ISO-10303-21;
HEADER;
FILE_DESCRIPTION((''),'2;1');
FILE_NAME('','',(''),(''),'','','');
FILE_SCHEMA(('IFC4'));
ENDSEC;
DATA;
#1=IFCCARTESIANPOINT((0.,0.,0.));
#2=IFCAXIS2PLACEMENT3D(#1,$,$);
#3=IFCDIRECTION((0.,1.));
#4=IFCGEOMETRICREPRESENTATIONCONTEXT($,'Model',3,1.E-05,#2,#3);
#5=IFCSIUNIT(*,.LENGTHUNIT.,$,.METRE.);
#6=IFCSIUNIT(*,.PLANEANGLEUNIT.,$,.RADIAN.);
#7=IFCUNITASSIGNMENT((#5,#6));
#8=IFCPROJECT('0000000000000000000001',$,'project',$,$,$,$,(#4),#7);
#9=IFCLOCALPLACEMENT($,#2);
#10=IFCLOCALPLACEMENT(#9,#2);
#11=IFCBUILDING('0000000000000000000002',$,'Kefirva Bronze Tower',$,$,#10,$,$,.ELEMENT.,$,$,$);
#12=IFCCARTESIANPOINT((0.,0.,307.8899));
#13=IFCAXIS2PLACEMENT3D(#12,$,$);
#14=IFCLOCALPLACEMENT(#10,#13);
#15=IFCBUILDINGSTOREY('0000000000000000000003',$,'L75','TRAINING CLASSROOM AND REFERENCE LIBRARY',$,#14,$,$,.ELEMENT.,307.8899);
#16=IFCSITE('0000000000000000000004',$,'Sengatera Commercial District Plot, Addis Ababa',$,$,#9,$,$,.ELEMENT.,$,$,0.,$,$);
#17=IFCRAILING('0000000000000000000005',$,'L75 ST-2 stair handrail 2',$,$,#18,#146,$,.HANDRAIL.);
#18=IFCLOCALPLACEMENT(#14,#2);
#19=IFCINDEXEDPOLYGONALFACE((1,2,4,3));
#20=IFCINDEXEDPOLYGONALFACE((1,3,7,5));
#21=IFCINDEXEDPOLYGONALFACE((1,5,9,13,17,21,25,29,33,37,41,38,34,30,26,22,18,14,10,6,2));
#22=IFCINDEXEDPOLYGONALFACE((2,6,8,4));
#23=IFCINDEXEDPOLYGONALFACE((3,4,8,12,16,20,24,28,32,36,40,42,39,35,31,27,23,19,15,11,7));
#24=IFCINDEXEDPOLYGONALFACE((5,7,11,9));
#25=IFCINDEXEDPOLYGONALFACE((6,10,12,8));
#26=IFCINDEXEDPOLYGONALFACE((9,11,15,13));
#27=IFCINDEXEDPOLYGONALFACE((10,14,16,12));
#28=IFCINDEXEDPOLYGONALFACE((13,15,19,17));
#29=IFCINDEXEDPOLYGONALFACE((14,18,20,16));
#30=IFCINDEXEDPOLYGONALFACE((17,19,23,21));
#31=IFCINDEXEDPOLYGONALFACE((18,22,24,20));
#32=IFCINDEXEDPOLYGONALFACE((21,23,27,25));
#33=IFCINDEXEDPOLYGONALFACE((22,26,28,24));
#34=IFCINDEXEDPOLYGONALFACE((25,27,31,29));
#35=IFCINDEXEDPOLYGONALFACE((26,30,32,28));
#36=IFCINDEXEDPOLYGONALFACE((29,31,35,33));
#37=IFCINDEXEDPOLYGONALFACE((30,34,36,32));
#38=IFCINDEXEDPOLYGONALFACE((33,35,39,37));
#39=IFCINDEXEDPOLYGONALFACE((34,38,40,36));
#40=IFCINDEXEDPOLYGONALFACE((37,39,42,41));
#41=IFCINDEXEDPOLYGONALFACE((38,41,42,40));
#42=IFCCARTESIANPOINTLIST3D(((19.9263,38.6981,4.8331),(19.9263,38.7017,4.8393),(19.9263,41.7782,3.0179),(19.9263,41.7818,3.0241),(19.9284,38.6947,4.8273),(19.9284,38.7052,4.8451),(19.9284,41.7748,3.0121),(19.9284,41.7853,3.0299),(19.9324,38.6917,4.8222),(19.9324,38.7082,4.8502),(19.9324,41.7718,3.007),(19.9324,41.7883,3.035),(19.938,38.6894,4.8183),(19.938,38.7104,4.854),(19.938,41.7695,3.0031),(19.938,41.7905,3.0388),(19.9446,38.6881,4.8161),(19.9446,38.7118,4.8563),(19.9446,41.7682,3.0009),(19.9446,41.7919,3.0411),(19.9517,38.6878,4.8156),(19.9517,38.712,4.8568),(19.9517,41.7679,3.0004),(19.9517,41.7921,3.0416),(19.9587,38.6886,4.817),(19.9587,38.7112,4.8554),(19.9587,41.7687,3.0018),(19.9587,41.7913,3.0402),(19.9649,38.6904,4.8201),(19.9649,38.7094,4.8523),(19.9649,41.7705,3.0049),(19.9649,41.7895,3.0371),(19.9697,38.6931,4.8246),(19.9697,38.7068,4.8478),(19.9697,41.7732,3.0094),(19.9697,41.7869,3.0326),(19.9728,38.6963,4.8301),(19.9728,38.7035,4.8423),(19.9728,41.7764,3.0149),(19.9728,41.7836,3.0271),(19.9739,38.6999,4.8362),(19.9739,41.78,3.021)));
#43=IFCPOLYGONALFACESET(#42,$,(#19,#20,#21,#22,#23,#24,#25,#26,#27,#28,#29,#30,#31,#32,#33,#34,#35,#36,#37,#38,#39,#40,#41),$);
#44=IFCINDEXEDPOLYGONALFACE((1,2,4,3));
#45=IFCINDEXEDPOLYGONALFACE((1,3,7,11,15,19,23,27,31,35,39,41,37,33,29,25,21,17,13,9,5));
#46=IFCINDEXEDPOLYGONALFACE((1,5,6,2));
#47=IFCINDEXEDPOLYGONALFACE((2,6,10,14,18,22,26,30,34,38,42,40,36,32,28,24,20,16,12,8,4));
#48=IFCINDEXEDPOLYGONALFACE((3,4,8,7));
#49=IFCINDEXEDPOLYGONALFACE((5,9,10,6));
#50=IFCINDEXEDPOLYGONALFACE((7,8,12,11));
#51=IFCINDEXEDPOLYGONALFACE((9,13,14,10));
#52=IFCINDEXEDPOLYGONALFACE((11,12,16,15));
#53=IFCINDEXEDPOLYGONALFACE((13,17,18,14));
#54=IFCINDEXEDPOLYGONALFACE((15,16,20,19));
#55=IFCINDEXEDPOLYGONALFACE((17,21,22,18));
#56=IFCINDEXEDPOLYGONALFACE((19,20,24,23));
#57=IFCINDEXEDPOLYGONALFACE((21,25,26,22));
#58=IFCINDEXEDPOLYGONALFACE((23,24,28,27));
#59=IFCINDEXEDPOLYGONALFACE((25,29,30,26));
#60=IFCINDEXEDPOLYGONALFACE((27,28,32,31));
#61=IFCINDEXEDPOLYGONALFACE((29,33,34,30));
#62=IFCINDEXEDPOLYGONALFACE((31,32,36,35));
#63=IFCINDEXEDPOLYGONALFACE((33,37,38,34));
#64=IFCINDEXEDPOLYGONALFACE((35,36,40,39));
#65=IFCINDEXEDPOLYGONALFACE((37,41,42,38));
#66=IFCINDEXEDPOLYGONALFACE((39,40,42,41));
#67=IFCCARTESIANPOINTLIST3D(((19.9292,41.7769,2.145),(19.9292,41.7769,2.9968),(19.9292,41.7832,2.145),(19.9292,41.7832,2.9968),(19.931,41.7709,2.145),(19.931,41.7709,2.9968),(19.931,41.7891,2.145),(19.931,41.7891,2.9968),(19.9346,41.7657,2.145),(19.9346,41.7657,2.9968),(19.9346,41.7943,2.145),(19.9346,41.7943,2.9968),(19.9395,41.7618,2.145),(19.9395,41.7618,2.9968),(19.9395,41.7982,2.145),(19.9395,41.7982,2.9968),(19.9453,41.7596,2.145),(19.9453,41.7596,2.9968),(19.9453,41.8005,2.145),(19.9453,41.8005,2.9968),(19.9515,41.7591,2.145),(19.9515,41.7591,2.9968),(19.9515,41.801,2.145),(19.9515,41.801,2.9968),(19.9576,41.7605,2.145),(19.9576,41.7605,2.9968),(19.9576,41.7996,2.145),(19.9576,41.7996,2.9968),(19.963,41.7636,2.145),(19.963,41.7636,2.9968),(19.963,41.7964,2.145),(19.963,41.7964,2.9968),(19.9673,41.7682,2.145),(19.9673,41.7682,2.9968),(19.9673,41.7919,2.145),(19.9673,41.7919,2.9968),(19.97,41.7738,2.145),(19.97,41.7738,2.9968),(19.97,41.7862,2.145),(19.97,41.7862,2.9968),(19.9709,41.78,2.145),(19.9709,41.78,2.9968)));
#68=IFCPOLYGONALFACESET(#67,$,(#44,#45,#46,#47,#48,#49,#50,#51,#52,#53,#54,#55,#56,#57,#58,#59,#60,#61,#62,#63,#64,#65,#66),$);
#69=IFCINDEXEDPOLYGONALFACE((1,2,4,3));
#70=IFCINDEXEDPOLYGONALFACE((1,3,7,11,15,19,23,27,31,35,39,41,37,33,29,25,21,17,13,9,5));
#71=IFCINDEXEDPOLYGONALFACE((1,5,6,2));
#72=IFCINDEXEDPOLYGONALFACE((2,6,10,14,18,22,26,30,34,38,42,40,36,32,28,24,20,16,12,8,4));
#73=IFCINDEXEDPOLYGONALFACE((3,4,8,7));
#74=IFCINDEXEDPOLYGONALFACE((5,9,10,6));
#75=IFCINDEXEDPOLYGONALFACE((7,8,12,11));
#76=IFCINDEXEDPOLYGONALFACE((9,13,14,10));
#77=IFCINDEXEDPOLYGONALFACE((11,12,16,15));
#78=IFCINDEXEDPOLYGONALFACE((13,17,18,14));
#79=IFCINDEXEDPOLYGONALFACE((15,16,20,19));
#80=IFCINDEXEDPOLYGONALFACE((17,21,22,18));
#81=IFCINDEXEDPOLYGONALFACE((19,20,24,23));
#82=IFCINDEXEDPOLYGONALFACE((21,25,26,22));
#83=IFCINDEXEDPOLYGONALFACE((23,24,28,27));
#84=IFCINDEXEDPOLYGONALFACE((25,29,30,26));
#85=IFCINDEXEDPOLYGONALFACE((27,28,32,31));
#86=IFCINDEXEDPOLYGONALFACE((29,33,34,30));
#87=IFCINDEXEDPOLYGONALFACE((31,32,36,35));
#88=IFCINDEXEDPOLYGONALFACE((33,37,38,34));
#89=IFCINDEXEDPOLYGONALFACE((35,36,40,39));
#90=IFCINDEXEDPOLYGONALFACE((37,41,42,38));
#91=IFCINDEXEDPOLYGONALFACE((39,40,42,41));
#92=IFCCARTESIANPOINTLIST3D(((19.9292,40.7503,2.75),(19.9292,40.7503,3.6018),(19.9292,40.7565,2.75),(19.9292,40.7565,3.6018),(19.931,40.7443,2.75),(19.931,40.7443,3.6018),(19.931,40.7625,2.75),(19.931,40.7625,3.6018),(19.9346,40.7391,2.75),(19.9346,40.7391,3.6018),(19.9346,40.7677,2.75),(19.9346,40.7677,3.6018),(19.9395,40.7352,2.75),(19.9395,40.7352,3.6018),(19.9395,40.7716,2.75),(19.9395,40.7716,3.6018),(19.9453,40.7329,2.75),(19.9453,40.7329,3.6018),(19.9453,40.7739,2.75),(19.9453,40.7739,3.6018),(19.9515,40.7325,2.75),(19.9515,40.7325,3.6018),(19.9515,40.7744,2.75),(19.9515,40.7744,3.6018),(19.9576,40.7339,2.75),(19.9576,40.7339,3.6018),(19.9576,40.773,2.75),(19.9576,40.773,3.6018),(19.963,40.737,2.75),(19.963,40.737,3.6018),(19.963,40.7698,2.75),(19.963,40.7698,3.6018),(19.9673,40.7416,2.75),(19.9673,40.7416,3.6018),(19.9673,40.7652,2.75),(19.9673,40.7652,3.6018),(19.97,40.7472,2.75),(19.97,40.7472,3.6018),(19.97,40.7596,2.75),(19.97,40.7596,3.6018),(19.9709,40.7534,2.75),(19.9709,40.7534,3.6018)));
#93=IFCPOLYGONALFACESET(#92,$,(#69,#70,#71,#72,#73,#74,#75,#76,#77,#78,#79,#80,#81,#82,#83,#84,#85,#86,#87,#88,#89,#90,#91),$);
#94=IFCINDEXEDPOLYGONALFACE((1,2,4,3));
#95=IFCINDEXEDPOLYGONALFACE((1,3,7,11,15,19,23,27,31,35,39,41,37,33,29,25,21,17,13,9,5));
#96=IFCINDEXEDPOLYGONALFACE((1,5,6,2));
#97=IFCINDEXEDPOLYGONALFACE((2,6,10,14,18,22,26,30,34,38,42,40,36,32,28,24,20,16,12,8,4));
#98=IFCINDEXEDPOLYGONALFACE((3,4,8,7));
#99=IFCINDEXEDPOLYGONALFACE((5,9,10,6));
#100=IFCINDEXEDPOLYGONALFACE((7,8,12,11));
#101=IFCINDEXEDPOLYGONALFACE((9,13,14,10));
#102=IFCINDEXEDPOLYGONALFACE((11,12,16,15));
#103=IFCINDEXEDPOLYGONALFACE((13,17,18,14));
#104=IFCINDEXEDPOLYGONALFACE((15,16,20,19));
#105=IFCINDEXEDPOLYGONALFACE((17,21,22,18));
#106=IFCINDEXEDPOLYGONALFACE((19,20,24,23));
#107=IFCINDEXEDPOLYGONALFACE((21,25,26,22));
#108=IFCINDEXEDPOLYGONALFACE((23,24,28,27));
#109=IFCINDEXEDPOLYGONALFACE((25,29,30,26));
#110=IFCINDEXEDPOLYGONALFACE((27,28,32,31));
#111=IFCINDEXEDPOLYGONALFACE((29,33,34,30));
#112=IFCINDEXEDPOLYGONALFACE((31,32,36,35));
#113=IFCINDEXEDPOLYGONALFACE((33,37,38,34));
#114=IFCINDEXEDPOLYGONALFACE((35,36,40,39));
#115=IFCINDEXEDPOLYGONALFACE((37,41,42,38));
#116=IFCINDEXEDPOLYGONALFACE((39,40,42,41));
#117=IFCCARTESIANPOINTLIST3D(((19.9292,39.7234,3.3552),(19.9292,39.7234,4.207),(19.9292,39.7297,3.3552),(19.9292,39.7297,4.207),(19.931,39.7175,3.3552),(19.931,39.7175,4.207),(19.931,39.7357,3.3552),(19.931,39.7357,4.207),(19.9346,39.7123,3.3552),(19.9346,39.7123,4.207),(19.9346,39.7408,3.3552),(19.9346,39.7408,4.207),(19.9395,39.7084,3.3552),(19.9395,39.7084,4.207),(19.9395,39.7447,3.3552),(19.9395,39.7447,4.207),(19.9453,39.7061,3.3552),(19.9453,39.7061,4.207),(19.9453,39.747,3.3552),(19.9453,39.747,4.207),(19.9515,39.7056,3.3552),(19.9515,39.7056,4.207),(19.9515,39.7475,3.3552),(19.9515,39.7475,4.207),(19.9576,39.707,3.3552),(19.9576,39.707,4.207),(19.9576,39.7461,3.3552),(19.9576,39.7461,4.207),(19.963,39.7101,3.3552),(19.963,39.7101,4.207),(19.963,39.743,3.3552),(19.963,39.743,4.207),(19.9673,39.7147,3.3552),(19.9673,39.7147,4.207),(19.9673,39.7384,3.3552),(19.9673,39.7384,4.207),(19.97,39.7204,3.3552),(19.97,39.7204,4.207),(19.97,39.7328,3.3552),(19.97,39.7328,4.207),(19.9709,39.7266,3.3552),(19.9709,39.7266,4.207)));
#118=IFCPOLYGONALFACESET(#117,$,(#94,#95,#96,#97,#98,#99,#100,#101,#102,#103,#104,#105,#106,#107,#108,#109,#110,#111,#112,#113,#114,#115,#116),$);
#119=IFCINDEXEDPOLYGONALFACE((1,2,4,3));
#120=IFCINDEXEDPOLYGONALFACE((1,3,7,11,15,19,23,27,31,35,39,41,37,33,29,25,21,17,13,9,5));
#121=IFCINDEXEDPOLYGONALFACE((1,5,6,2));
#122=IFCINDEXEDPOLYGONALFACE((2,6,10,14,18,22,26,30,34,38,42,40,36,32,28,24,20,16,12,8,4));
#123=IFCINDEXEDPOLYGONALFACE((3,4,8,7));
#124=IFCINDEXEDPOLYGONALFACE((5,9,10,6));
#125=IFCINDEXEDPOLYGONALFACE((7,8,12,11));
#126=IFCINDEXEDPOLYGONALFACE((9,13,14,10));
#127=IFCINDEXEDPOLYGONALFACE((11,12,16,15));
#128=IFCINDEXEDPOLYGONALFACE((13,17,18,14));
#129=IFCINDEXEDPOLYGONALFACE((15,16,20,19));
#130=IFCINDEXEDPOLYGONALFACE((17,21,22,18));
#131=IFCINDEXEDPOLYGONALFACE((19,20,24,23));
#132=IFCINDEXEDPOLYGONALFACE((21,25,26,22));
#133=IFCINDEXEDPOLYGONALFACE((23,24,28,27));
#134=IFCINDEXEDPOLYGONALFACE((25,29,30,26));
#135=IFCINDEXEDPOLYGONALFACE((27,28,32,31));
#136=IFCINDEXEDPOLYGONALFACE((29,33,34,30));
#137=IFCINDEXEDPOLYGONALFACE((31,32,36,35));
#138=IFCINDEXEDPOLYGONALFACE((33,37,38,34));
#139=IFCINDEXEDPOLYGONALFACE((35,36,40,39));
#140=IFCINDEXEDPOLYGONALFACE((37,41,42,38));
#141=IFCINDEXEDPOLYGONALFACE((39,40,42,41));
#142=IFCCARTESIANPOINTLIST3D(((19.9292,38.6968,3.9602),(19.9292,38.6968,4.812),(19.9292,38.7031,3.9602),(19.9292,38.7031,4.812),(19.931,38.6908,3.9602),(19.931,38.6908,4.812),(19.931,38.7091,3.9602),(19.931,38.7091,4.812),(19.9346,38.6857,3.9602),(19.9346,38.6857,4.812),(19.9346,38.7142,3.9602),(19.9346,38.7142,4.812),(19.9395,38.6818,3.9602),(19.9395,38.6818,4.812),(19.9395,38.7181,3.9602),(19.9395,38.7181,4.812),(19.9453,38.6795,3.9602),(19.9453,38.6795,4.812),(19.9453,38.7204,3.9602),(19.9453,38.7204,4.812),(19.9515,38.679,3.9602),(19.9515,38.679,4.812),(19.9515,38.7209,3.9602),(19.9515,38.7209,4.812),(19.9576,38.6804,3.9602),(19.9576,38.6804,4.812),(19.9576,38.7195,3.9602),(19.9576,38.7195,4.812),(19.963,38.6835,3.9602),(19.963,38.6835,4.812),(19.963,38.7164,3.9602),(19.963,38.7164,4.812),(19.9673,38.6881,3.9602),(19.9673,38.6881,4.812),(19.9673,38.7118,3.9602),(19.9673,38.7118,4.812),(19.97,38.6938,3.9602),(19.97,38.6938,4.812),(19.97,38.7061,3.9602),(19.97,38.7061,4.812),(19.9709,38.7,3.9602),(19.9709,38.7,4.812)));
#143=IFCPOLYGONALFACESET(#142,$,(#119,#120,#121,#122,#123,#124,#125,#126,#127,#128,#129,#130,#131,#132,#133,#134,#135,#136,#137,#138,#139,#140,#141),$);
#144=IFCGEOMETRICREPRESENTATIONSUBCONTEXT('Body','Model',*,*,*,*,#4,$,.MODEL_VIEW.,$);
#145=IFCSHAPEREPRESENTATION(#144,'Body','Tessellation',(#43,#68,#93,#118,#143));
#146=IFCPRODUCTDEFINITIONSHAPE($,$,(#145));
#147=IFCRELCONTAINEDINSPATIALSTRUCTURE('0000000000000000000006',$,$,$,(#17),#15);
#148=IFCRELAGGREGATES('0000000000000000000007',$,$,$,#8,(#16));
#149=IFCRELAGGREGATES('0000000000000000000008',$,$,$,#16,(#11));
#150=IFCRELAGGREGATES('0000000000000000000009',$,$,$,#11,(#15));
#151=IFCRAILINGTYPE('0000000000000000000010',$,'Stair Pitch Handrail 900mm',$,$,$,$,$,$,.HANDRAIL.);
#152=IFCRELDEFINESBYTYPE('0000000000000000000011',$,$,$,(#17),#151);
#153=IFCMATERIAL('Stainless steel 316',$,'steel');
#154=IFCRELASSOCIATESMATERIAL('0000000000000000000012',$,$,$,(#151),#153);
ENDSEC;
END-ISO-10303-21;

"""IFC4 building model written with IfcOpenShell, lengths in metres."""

from ifc_helpers import new_model, si_unit, direction, frame, origin, origin_2d, place, context, subcontext, project, spatial, circle, extrude, material, type_object, element, save


model = new_model("IFC4")

# Units and contexts
model_context = context("Model", 3, precision=1e-05, world=origin(), true_north=direction((0.0, 1.0)))
body_context = subcontext(model_context, "Body", "Model", "MODEL_VIEW")
ifc_project = project(units=[si_unit("LENGTHUNIT", "METRE"), si_unit("PLANEANGLEUNIT", "RADIAN")], contexts=[model_context])

# Site, building, storey
site_placement = place(None, origin())
site = spatial("IfcSite", under=ifc_project, at=site_placement, Name="Sengatera Commercial District Plot, Addis Ababa", CompositionType="ELEMENT", RefElevation=0.0)
building_placement = place(site_placement, origin())
building = spatial("IfcBuilding", under=site, at=building_placement, Name="Kefirva Bronze Tower", CompositionType="ELEMENT")
storey_placement = place(building_placement, frame((0.0, 0.0, 307.8899)))
storey = spatial("IfcBuildingStorey", under=building, at=storey_placement, Name="L75", Description="TRAINING CLASSROOM AND REFERENCE LIBRARY", CompositionType="ELEMENT", Elevation=307.8899)

# Shared definitions
ifc_material_1 = material(Name="Stainless steel 316", Category="steel")

# Railing
railing_type_1 = type_object("IfcRailingType", Name="Stair Pitch Handrail 900mm", PredefinedType="HANDRAIL", material=ifc_material_1)
railing_1_placement = place(storey_placement, frame((19.95, 41.78, 2.145)))
element("IfcRailing", 1, at=railing_1_placement, inside=storey, type_object=railing_type_1, Name="L75 ST-2 stair handrail 2", PredefinedType="HANDRAIL", context=body_context, shape_type="SweptSolid", body=[
    extrude(circle(Radius=0.0239, at=origin_2d()), frame((0.0, 0.0, 0.876), z_axis=(0.0, -0.861521, 0.507721), x_axis=(1.0, 0.0, 0.0)), (0.0, 0.0, 1.0), 3.5752),
    extrude(circle(Radius=0.021, at=origin_2d()), origin(), (0.0, 0.0, 1.0), 0.8518),
    extrude(circle(Radius=0.021, at=origin_2d()), frame((0.0, -1.0266, 0.605)), (0.0, 0.0, 1.0), 0.8518),
    extrude(circle(Radius=0.021, at=origin_2d()), frame((0.0, -2.0535, 1.2102)), (0.0, 0.0, 1.0), 0.8518),
    extrude(circle(Radius=0.021, at=origin_2d()), frame((0.0, -3.0801, 1.8152)), (0.0, 0.0, 1.0), 0.8518),
])

save(model, "model.ifc")
